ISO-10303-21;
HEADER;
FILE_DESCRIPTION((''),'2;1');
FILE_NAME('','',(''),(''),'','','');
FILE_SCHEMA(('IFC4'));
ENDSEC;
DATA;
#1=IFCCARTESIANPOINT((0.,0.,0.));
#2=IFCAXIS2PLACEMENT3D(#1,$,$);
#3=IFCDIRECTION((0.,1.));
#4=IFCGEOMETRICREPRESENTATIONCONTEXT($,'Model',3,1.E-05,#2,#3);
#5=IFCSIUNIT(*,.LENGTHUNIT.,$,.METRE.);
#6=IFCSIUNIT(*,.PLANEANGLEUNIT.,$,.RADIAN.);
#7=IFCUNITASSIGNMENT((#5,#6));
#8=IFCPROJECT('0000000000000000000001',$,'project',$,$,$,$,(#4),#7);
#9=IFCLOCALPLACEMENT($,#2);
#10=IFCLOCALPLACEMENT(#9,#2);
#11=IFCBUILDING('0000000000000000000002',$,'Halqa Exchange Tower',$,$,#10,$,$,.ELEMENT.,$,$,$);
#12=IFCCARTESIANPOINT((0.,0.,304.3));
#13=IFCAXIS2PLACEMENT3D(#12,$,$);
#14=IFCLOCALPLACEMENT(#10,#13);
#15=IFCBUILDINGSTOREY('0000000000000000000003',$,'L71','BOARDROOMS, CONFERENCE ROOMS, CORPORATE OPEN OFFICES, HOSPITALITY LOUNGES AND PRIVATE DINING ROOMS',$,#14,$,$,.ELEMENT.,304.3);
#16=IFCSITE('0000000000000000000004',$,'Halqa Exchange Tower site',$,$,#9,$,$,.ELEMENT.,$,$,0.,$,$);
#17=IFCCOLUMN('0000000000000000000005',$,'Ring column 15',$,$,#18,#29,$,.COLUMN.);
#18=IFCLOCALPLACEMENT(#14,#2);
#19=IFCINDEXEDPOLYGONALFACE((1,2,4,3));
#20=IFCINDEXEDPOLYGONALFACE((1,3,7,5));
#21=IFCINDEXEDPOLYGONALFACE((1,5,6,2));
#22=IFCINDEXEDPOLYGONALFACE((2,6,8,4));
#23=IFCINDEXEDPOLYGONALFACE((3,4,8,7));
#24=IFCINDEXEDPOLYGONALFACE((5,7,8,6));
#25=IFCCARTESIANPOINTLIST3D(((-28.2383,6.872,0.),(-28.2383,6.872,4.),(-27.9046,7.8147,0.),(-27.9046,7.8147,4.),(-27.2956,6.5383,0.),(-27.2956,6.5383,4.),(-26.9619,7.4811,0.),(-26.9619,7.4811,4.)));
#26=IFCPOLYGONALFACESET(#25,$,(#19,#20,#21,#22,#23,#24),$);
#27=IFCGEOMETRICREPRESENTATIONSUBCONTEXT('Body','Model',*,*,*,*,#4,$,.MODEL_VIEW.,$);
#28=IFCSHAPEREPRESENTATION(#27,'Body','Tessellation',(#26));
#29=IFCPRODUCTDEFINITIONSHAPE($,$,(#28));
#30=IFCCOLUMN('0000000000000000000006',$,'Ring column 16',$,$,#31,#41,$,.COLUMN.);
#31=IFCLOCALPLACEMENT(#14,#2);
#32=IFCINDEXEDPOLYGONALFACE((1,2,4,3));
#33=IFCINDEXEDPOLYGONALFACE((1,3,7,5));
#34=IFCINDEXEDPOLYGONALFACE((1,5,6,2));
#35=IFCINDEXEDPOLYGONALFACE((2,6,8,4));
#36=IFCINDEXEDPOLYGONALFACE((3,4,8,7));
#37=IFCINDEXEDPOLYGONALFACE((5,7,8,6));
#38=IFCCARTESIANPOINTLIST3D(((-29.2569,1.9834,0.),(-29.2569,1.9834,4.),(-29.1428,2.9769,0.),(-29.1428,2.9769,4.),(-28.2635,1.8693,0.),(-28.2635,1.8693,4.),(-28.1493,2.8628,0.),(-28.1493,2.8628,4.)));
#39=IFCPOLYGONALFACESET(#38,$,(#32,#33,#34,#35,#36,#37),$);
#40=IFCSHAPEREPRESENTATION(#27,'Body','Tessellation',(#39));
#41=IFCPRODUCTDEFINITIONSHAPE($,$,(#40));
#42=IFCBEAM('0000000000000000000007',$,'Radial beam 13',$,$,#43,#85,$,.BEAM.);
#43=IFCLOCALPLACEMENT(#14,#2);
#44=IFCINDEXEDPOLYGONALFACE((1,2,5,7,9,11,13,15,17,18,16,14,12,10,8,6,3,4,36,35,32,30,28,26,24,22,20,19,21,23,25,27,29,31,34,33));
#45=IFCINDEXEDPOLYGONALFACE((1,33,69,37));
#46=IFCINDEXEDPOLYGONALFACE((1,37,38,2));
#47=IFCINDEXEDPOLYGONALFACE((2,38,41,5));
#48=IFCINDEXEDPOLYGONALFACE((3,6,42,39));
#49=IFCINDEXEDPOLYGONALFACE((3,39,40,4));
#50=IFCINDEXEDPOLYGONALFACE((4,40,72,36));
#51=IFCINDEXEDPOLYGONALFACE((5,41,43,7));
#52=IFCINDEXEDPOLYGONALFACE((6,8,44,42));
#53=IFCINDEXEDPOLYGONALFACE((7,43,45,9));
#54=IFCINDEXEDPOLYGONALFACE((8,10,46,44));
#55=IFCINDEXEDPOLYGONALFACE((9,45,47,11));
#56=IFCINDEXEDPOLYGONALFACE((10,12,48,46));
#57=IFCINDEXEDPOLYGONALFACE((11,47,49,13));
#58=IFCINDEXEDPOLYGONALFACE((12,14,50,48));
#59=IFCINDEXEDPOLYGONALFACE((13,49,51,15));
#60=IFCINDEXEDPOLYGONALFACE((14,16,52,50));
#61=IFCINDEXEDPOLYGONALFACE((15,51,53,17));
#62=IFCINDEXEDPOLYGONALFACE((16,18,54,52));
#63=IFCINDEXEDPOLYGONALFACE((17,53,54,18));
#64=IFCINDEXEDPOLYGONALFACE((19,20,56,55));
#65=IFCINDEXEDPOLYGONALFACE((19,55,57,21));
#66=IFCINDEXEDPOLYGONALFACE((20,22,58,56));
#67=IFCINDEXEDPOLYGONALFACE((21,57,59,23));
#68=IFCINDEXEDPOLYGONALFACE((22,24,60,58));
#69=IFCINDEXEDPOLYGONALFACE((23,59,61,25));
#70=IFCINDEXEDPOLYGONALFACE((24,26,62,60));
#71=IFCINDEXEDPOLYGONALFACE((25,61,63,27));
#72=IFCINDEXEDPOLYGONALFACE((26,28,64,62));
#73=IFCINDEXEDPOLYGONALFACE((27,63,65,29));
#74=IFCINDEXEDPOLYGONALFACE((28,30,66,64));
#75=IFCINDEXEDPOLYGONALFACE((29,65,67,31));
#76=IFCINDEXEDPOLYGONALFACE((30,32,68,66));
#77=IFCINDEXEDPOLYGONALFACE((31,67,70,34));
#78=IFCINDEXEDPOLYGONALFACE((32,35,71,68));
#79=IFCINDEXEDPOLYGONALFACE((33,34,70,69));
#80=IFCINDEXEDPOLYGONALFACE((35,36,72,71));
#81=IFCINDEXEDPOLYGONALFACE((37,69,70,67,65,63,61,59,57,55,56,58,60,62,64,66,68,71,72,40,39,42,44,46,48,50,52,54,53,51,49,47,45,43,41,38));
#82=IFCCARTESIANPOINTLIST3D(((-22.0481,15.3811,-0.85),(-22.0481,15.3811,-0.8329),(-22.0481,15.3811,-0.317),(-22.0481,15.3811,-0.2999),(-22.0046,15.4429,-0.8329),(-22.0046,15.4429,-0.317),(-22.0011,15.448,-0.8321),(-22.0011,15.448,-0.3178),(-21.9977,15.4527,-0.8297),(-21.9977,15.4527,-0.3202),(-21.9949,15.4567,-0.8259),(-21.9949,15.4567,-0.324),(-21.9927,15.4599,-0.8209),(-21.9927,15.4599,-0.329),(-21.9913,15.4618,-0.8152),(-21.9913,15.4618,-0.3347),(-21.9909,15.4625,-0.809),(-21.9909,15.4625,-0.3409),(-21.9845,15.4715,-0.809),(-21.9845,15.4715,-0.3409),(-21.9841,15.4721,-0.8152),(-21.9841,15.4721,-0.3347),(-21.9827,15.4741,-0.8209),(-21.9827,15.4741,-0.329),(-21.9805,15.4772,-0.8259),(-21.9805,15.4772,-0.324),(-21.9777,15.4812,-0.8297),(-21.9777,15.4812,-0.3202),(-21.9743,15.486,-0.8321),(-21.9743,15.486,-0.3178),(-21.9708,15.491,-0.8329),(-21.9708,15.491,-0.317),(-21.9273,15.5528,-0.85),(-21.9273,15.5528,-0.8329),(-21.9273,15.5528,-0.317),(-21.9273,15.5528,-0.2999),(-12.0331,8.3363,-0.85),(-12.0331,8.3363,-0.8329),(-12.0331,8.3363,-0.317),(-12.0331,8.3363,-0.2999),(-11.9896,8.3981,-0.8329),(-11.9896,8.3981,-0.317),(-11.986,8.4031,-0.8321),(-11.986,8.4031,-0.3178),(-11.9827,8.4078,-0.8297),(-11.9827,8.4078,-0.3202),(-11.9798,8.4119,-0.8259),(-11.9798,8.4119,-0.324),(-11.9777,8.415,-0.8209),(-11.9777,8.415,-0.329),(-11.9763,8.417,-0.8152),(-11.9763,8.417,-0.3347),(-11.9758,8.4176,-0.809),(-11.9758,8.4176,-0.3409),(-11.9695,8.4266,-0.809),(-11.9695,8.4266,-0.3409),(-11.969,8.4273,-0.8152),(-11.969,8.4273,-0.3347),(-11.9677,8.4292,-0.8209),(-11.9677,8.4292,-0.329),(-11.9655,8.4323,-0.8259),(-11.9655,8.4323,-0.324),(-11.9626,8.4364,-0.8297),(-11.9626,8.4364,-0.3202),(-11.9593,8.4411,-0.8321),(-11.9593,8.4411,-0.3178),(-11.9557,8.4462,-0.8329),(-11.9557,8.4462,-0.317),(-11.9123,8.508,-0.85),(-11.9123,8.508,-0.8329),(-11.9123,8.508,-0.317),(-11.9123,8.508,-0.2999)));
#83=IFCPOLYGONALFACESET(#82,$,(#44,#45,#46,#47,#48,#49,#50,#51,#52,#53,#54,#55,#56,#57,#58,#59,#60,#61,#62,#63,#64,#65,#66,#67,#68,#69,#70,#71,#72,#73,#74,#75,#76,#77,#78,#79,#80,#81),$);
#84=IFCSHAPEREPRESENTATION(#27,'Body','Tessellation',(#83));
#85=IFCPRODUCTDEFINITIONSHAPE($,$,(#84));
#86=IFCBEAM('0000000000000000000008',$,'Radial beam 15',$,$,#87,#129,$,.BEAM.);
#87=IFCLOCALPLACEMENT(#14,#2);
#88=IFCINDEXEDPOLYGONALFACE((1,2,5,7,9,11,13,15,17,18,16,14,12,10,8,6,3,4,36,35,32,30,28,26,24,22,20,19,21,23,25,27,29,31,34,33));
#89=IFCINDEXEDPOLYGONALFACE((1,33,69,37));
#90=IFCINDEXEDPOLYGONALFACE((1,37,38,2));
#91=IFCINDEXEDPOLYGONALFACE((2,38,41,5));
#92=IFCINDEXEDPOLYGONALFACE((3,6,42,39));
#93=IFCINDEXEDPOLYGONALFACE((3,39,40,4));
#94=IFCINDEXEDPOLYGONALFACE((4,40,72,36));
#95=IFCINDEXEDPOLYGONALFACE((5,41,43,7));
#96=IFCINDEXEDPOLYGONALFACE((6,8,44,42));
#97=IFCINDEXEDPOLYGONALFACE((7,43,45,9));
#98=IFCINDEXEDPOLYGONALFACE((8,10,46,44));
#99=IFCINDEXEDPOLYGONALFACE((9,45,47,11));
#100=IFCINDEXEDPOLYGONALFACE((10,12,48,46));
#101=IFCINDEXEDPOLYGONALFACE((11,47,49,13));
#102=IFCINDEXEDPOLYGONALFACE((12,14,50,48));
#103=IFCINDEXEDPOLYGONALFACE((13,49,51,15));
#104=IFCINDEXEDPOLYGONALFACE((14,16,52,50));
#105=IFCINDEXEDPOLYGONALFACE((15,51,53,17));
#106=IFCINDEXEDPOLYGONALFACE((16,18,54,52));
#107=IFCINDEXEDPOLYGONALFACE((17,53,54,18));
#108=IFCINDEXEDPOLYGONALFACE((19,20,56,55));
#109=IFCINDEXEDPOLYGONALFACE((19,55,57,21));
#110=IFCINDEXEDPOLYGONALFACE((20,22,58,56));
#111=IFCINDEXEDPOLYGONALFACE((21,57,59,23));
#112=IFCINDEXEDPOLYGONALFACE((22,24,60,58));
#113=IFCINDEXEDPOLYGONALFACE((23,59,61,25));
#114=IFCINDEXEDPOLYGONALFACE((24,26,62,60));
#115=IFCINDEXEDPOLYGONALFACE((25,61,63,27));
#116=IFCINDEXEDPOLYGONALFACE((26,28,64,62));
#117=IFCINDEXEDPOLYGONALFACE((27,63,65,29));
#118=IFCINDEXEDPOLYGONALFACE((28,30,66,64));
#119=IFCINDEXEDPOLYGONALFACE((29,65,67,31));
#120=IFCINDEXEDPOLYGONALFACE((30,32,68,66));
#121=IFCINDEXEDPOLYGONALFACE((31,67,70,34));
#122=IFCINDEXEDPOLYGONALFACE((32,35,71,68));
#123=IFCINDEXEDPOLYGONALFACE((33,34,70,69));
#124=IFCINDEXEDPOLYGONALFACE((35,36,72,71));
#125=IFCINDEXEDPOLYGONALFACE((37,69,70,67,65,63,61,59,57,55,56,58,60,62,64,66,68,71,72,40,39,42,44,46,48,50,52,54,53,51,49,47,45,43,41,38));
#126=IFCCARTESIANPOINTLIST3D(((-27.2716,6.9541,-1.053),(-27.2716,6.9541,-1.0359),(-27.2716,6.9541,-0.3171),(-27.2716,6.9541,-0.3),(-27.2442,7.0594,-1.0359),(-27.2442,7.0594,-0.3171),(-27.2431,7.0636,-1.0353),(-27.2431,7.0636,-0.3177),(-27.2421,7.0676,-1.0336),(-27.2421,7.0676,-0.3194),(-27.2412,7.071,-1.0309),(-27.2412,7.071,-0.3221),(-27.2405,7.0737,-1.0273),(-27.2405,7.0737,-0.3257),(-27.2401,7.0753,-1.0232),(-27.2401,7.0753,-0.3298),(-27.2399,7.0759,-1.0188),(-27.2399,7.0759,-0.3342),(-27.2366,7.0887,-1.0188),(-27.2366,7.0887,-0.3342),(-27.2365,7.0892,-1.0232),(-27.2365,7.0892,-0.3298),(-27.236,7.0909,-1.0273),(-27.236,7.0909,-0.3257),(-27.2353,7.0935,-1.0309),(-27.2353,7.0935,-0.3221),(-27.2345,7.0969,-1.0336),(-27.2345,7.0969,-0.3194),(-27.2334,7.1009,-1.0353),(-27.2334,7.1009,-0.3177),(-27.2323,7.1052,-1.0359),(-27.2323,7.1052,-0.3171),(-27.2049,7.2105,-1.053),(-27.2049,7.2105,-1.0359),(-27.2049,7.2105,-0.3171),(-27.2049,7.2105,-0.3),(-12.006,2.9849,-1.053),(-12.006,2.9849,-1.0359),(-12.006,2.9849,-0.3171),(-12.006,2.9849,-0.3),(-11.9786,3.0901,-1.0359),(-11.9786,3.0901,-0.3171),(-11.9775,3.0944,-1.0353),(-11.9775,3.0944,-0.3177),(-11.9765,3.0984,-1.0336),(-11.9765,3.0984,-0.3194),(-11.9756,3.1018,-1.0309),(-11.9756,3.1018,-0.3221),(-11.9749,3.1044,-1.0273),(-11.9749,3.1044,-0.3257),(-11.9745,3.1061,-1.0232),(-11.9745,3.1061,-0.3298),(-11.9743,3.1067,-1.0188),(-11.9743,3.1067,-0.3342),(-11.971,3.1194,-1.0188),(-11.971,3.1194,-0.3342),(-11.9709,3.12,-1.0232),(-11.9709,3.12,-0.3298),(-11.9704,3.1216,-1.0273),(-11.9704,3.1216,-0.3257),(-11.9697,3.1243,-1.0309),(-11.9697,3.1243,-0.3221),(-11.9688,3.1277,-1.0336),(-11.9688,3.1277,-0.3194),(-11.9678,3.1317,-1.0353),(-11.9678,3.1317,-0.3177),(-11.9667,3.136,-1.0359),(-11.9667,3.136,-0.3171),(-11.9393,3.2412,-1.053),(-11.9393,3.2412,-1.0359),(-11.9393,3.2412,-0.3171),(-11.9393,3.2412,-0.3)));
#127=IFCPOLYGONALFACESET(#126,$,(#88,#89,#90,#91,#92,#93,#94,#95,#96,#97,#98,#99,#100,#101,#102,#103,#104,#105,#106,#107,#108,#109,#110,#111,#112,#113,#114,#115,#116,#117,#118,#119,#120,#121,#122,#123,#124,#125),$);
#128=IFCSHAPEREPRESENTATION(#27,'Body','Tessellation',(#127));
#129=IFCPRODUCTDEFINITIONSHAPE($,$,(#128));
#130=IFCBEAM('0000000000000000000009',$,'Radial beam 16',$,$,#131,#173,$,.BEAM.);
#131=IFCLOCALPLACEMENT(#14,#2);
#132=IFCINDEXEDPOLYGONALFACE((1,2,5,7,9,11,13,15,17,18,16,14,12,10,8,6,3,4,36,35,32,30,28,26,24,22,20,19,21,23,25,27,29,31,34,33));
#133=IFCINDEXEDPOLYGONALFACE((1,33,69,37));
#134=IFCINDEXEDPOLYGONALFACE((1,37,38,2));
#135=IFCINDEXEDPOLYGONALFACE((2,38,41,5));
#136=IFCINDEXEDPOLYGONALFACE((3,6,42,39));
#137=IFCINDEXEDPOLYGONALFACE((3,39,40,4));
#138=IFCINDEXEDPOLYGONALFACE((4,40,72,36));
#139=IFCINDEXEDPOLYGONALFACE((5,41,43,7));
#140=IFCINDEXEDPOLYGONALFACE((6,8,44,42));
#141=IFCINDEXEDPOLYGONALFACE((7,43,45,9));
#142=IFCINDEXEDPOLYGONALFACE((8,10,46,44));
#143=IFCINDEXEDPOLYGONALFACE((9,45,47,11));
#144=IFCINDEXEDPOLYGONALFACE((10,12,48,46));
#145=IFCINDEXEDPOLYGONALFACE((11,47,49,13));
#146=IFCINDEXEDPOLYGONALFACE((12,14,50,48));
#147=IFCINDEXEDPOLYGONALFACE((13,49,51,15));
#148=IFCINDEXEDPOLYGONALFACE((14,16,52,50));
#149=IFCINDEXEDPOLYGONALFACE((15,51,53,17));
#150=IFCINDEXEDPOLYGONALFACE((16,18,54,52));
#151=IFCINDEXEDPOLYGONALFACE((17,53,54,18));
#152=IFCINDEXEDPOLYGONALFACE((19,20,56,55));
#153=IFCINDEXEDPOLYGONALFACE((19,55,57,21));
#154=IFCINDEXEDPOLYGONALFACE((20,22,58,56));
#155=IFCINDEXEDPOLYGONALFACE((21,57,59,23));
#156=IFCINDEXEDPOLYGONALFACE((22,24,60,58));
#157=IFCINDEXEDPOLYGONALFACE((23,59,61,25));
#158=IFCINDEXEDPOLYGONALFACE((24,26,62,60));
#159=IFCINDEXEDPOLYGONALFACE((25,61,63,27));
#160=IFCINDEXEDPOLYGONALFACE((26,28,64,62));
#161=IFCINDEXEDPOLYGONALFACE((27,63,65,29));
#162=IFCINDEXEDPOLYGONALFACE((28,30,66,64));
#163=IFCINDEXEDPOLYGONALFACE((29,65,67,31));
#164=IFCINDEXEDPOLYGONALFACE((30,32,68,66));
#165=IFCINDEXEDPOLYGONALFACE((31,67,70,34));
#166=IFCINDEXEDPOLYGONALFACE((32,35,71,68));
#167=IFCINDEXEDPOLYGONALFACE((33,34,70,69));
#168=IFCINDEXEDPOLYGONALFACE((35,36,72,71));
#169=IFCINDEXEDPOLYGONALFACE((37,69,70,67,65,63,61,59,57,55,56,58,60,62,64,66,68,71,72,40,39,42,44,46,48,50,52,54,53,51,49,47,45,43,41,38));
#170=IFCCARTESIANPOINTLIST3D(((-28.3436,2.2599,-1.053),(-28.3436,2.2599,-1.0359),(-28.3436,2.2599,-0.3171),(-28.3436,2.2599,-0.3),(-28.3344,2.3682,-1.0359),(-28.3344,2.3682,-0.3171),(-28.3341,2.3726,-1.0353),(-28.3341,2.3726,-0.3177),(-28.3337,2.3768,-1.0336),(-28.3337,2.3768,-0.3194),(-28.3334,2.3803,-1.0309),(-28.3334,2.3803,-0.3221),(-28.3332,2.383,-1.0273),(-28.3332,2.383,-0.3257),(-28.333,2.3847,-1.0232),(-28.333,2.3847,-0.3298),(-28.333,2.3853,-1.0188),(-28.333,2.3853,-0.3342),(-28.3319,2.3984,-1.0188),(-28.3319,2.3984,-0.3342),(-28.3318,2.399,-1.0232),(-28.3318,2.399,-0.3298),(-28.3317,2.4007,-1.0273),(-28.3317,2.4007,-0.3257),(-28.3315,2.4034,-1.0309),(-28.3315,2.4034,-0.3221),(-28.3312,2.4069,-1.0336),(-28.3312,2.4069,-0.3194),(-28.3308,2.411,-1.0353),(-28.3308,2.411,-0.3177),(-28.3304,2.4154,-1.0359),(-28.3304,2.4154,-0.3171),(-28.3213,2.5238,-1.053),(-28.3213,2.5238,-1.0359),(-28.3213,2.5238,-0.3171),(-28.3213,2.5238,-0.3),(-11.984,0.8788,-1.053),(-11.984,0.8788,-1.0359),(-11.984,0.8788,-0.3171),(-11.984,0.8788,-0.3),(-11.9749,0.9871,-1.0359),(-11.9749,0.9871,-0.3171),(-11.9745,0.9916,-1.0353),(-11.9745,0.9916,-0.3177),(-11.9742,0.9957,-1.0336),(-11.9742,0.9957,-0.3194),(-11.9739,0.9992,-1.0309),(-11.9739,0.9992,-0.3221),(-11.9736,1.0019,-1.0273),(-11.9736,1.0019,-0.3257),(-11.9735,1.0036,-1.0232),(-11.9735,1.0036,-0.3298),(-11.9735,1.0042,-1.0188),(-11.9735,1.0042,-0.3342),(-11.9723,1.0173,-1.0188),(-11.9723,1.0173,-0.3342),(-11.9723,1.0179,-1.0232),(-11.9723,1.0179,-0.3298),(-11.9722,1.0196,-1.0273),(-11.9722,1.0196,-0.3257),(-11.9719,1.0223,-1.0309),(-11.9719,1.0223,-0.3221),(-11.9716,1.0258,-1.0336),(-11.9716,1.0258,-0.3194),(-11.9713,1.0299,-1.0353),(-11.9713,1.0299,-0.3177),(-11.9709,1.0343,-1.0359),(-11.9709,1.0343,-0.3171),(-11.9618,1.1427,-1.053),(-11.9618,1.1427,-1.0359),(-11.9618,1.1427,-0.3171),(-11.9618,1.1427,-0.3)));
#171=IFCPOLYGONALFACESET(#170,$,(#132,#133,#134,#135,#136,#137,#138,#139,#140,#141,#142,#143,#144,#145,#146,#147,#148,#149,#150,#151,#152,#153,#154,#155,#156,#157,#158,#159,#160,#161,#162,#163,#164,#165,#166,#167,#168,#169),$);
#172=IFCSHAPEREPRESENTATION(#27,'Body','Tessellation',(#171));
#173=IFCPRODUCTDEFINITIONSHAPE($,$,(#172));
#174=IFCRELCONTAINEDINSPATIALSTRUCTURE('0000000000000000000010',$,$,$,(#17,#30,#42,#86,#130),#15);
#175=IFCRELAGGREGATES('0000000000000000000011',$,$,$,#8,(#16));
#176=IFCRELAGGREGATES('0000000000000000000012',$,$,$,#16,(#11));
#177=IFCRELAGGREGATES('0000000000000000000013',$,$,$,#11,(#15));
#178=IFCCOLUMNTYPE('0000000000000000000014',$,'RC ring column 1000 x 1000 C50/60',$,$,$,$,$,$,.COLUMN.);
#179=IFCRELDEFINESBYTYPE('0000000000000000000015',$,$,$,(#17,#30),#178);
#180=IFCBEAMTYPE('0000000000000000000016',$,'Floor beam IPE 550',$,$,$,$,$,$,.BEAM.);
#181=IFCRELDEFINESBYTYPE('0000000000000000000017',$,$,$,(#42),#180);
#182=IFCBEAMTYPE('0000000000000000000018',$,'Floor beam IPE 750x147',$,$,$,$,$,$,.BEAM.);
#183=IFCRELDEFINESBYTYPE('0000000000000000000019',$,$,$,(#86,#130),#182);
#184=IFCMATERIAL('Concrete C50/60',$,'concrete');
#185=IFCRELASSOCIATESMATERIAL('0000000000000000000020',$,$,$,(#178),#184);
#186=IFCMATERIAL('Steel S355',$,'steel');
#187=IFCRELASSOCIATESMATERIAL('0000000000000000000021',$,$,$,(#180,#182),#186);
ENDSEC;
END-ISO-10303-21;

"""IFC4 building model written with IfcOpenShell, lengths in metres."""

from ifc_helpers import new_model, si_unit, direction, frame, origin, origin_2d, place, context, subcontext, project, spatial, rectangle, i_section, extrude, material, material_profile, profile_set, type_object, element, save


model = new_model("IFC4")

# Units and contexts
model_context = context("Model", 3, precision=1e-05, world=origin(), true_north=direction((0.0, 1.0)))
body_context = subcontext(model_context, "Body", "Model", "MODEL_VIEW")
ifc_project = project(units=[si_unit("LENGTHUNIT", "METRE"), si_unit("PLANEANGLEUNIT", "RADIAN")], contexts=[model_context])

# Site, building, storey
site_placement = place(None, origin())
site = spatial("IfcSite", under=ifc_project, at=site_placement, Name="Halqa Exchange Tower site", CompositionType="ELEMENT", RefElevation=0.0)
building_placement = place(site_placement, origin())
building = spatial("IfcBuilding", under=site, at=building_placement, Name="Halqa Exchange Tower", CompositionType="ELEMENT")
storey_placement = place(building_placement, frame((0.0, 0.0, 304.3)))
storey = spatial("IfcBuildingStorey", under=building, at=storey_placement, Name="L71", Description="BOARDROOMS, CONFERENCE ROOMS, CORPORATE OPEN OFFICES, HOSPITALITY LOUNGES AND PRIVATE DINING ROOMS", CompositionType="ELEMENT", Elevation=304.3)

# Columns
ifc_material_1 = material(Name="Concrete C50/60", Category="concrete")
ifc_material_profile_1 = material_profile(ifc_material_1, rectangle(XDim=1.0, YDim=1.0, at=origin_2d()), Name="1000 x 1000")
ifc_profile_set_1 = profile_set([ifc_material_profile_1], Name="Concrete C50/60")
column_type = type_object("IfcColumnType", Name="RC ring column 1000 x 1000 C50/60", PredefinedType="COLUMN", material=ifc_profile_set_1)
for number, where, z_axis, x_axis, name in (
    (1, (-27.6001, 7.1765, 0.0), (0.0, 0.0, 1.0), (-0.333623, -0.942707, 0.0), "Ring column 15"),
    (2, (-28.7031, 2.4231, 0.0), (0.0, 0.0, 1.0), (-0.11415, -0.993464, 0.0), "Ring column 16"),
):
    element("IfcColumn", number, at=place(storey_placement, frame(where, z_axis=z_axis, x_axis=x_axis)), inside=storey, type_object=column_type, Name=name, PredefinedType="COLUMN", context=body_context, shape_type="SweptSolid", body=[
        extrude(rectangle(XDim=1.0, YDim=1.0, at=origin_2d()), origin(), (0.0, 0.0, 1.0), 4.0),
    ])

# Beams
ifc_material_2 = material(Name="Steel S355", Category="steel")
ifc_material_profile_2 = material_profile(ifc_material_2, i_section(OverallWidth=0.21, OverallDepth=0.55, WebThickness=0.011, FlangeThickness=0.0171, FilletRadius=0.0239, at=origin_2d()), Name="IPE 550")
ifc_profile_set_2 = profile_set([ifc_material_profile_2], Name="Steel S355")
beam_type_1 = type_object("IfcBeamType", Name="Floor beam IPE 550", PredefinedType="BEAM", material=ifc_profile_set_2)
beam_1_placement = place(storey_placement, frame((-11.9727, 8.4221, -0.575), z_axis=(-0.817913, 0.575342, 0.0), x_axis=(-0.575342, -0.817913, 0.0)))
element("IfcBeam", 3, at=beam_1_placement, inside=storey, type_object=beam_type_1, Name="Radial beam 13", PredefinedType="BEAM", context=body_context, shape_type="SweptSolid", body=[
    extrude(i_section(OverallWidth=0.21, OverallDepth=0.55, WebThickness=0.011, FlangeThickness=0.0171, FilletRadius=0.0239, at=origin_2d()), origin(), (0.0, 0.0, 1.0), 12.2446),
])
ifc_material_profile_3 = material_profile(ifc_material_2, i_section(OverallWidth=0.2649, OverallDepth=0.7529, WebThickness=0.0132, FlangeThickness=0.0171, FilletRadius=0.0171, at=origin_2d()), Name="IPE 750x147")
ifc_profile_set_3 = profile_set([ifc_material_profile_3], Name="Steel S355")
beam_type_2 = type_object("IfcBeamType", Name="Floor beam IPE 750x147", PredefinedType="BEAM", material=ifc_profile_set_3)
beam_2_placement = place(storey_placement, frame((-11.9727, 3.113, -0.6765), z_axis=(-0.96782, 0.251644, 0.0), x_axis=(-0.251644, -0.96782, 0.0)))
element("IfcBeam", 4, at=beam_2_placement, inside=storey, type_object=beam_type_2, Name="Radial beam 15", PredefinedType="BEAM", context=body_context, shape_type="SweptSolid", body=[
    extrude(i_section(OverallWidth=0.2649, OverallDepth=0.7529, WebThickness=0.0132, FlangeThickness=0.0171, FilletRadius=0.0171, at=origin_2d()), origin(), (0.0, 0.0, 1.0), 15.7732),
])
for number, where, z_axis, x_axis, name in (
    (5, (-11.9729, 1.0107, -0.6765), (-0.996455, 0.084122, 0.0), (-0.084122, -0.996455, 0.0), "Radial beam 16"),
):
    element("IfcBeam", number, at=place(storey_placement, frame(where, z_axis=z_axis, x_axis=x_axis)), inside=storey, type_object=beam_type_2, Name=name, PredefinedType="BEAM", context=body_context, shape_type="SweptSolid", body=[
        extrude(i_section(OverallWidth=0.2649, OverallDepth=0.7529, WebThickness=0.0132, FlangeThickness=0.0171, FilletRadius=0.0171, at=origin_2d()), origin(), (0.0, 0.0, 1.0), 16.4177),
    ])

save(model, "model.ifc")
